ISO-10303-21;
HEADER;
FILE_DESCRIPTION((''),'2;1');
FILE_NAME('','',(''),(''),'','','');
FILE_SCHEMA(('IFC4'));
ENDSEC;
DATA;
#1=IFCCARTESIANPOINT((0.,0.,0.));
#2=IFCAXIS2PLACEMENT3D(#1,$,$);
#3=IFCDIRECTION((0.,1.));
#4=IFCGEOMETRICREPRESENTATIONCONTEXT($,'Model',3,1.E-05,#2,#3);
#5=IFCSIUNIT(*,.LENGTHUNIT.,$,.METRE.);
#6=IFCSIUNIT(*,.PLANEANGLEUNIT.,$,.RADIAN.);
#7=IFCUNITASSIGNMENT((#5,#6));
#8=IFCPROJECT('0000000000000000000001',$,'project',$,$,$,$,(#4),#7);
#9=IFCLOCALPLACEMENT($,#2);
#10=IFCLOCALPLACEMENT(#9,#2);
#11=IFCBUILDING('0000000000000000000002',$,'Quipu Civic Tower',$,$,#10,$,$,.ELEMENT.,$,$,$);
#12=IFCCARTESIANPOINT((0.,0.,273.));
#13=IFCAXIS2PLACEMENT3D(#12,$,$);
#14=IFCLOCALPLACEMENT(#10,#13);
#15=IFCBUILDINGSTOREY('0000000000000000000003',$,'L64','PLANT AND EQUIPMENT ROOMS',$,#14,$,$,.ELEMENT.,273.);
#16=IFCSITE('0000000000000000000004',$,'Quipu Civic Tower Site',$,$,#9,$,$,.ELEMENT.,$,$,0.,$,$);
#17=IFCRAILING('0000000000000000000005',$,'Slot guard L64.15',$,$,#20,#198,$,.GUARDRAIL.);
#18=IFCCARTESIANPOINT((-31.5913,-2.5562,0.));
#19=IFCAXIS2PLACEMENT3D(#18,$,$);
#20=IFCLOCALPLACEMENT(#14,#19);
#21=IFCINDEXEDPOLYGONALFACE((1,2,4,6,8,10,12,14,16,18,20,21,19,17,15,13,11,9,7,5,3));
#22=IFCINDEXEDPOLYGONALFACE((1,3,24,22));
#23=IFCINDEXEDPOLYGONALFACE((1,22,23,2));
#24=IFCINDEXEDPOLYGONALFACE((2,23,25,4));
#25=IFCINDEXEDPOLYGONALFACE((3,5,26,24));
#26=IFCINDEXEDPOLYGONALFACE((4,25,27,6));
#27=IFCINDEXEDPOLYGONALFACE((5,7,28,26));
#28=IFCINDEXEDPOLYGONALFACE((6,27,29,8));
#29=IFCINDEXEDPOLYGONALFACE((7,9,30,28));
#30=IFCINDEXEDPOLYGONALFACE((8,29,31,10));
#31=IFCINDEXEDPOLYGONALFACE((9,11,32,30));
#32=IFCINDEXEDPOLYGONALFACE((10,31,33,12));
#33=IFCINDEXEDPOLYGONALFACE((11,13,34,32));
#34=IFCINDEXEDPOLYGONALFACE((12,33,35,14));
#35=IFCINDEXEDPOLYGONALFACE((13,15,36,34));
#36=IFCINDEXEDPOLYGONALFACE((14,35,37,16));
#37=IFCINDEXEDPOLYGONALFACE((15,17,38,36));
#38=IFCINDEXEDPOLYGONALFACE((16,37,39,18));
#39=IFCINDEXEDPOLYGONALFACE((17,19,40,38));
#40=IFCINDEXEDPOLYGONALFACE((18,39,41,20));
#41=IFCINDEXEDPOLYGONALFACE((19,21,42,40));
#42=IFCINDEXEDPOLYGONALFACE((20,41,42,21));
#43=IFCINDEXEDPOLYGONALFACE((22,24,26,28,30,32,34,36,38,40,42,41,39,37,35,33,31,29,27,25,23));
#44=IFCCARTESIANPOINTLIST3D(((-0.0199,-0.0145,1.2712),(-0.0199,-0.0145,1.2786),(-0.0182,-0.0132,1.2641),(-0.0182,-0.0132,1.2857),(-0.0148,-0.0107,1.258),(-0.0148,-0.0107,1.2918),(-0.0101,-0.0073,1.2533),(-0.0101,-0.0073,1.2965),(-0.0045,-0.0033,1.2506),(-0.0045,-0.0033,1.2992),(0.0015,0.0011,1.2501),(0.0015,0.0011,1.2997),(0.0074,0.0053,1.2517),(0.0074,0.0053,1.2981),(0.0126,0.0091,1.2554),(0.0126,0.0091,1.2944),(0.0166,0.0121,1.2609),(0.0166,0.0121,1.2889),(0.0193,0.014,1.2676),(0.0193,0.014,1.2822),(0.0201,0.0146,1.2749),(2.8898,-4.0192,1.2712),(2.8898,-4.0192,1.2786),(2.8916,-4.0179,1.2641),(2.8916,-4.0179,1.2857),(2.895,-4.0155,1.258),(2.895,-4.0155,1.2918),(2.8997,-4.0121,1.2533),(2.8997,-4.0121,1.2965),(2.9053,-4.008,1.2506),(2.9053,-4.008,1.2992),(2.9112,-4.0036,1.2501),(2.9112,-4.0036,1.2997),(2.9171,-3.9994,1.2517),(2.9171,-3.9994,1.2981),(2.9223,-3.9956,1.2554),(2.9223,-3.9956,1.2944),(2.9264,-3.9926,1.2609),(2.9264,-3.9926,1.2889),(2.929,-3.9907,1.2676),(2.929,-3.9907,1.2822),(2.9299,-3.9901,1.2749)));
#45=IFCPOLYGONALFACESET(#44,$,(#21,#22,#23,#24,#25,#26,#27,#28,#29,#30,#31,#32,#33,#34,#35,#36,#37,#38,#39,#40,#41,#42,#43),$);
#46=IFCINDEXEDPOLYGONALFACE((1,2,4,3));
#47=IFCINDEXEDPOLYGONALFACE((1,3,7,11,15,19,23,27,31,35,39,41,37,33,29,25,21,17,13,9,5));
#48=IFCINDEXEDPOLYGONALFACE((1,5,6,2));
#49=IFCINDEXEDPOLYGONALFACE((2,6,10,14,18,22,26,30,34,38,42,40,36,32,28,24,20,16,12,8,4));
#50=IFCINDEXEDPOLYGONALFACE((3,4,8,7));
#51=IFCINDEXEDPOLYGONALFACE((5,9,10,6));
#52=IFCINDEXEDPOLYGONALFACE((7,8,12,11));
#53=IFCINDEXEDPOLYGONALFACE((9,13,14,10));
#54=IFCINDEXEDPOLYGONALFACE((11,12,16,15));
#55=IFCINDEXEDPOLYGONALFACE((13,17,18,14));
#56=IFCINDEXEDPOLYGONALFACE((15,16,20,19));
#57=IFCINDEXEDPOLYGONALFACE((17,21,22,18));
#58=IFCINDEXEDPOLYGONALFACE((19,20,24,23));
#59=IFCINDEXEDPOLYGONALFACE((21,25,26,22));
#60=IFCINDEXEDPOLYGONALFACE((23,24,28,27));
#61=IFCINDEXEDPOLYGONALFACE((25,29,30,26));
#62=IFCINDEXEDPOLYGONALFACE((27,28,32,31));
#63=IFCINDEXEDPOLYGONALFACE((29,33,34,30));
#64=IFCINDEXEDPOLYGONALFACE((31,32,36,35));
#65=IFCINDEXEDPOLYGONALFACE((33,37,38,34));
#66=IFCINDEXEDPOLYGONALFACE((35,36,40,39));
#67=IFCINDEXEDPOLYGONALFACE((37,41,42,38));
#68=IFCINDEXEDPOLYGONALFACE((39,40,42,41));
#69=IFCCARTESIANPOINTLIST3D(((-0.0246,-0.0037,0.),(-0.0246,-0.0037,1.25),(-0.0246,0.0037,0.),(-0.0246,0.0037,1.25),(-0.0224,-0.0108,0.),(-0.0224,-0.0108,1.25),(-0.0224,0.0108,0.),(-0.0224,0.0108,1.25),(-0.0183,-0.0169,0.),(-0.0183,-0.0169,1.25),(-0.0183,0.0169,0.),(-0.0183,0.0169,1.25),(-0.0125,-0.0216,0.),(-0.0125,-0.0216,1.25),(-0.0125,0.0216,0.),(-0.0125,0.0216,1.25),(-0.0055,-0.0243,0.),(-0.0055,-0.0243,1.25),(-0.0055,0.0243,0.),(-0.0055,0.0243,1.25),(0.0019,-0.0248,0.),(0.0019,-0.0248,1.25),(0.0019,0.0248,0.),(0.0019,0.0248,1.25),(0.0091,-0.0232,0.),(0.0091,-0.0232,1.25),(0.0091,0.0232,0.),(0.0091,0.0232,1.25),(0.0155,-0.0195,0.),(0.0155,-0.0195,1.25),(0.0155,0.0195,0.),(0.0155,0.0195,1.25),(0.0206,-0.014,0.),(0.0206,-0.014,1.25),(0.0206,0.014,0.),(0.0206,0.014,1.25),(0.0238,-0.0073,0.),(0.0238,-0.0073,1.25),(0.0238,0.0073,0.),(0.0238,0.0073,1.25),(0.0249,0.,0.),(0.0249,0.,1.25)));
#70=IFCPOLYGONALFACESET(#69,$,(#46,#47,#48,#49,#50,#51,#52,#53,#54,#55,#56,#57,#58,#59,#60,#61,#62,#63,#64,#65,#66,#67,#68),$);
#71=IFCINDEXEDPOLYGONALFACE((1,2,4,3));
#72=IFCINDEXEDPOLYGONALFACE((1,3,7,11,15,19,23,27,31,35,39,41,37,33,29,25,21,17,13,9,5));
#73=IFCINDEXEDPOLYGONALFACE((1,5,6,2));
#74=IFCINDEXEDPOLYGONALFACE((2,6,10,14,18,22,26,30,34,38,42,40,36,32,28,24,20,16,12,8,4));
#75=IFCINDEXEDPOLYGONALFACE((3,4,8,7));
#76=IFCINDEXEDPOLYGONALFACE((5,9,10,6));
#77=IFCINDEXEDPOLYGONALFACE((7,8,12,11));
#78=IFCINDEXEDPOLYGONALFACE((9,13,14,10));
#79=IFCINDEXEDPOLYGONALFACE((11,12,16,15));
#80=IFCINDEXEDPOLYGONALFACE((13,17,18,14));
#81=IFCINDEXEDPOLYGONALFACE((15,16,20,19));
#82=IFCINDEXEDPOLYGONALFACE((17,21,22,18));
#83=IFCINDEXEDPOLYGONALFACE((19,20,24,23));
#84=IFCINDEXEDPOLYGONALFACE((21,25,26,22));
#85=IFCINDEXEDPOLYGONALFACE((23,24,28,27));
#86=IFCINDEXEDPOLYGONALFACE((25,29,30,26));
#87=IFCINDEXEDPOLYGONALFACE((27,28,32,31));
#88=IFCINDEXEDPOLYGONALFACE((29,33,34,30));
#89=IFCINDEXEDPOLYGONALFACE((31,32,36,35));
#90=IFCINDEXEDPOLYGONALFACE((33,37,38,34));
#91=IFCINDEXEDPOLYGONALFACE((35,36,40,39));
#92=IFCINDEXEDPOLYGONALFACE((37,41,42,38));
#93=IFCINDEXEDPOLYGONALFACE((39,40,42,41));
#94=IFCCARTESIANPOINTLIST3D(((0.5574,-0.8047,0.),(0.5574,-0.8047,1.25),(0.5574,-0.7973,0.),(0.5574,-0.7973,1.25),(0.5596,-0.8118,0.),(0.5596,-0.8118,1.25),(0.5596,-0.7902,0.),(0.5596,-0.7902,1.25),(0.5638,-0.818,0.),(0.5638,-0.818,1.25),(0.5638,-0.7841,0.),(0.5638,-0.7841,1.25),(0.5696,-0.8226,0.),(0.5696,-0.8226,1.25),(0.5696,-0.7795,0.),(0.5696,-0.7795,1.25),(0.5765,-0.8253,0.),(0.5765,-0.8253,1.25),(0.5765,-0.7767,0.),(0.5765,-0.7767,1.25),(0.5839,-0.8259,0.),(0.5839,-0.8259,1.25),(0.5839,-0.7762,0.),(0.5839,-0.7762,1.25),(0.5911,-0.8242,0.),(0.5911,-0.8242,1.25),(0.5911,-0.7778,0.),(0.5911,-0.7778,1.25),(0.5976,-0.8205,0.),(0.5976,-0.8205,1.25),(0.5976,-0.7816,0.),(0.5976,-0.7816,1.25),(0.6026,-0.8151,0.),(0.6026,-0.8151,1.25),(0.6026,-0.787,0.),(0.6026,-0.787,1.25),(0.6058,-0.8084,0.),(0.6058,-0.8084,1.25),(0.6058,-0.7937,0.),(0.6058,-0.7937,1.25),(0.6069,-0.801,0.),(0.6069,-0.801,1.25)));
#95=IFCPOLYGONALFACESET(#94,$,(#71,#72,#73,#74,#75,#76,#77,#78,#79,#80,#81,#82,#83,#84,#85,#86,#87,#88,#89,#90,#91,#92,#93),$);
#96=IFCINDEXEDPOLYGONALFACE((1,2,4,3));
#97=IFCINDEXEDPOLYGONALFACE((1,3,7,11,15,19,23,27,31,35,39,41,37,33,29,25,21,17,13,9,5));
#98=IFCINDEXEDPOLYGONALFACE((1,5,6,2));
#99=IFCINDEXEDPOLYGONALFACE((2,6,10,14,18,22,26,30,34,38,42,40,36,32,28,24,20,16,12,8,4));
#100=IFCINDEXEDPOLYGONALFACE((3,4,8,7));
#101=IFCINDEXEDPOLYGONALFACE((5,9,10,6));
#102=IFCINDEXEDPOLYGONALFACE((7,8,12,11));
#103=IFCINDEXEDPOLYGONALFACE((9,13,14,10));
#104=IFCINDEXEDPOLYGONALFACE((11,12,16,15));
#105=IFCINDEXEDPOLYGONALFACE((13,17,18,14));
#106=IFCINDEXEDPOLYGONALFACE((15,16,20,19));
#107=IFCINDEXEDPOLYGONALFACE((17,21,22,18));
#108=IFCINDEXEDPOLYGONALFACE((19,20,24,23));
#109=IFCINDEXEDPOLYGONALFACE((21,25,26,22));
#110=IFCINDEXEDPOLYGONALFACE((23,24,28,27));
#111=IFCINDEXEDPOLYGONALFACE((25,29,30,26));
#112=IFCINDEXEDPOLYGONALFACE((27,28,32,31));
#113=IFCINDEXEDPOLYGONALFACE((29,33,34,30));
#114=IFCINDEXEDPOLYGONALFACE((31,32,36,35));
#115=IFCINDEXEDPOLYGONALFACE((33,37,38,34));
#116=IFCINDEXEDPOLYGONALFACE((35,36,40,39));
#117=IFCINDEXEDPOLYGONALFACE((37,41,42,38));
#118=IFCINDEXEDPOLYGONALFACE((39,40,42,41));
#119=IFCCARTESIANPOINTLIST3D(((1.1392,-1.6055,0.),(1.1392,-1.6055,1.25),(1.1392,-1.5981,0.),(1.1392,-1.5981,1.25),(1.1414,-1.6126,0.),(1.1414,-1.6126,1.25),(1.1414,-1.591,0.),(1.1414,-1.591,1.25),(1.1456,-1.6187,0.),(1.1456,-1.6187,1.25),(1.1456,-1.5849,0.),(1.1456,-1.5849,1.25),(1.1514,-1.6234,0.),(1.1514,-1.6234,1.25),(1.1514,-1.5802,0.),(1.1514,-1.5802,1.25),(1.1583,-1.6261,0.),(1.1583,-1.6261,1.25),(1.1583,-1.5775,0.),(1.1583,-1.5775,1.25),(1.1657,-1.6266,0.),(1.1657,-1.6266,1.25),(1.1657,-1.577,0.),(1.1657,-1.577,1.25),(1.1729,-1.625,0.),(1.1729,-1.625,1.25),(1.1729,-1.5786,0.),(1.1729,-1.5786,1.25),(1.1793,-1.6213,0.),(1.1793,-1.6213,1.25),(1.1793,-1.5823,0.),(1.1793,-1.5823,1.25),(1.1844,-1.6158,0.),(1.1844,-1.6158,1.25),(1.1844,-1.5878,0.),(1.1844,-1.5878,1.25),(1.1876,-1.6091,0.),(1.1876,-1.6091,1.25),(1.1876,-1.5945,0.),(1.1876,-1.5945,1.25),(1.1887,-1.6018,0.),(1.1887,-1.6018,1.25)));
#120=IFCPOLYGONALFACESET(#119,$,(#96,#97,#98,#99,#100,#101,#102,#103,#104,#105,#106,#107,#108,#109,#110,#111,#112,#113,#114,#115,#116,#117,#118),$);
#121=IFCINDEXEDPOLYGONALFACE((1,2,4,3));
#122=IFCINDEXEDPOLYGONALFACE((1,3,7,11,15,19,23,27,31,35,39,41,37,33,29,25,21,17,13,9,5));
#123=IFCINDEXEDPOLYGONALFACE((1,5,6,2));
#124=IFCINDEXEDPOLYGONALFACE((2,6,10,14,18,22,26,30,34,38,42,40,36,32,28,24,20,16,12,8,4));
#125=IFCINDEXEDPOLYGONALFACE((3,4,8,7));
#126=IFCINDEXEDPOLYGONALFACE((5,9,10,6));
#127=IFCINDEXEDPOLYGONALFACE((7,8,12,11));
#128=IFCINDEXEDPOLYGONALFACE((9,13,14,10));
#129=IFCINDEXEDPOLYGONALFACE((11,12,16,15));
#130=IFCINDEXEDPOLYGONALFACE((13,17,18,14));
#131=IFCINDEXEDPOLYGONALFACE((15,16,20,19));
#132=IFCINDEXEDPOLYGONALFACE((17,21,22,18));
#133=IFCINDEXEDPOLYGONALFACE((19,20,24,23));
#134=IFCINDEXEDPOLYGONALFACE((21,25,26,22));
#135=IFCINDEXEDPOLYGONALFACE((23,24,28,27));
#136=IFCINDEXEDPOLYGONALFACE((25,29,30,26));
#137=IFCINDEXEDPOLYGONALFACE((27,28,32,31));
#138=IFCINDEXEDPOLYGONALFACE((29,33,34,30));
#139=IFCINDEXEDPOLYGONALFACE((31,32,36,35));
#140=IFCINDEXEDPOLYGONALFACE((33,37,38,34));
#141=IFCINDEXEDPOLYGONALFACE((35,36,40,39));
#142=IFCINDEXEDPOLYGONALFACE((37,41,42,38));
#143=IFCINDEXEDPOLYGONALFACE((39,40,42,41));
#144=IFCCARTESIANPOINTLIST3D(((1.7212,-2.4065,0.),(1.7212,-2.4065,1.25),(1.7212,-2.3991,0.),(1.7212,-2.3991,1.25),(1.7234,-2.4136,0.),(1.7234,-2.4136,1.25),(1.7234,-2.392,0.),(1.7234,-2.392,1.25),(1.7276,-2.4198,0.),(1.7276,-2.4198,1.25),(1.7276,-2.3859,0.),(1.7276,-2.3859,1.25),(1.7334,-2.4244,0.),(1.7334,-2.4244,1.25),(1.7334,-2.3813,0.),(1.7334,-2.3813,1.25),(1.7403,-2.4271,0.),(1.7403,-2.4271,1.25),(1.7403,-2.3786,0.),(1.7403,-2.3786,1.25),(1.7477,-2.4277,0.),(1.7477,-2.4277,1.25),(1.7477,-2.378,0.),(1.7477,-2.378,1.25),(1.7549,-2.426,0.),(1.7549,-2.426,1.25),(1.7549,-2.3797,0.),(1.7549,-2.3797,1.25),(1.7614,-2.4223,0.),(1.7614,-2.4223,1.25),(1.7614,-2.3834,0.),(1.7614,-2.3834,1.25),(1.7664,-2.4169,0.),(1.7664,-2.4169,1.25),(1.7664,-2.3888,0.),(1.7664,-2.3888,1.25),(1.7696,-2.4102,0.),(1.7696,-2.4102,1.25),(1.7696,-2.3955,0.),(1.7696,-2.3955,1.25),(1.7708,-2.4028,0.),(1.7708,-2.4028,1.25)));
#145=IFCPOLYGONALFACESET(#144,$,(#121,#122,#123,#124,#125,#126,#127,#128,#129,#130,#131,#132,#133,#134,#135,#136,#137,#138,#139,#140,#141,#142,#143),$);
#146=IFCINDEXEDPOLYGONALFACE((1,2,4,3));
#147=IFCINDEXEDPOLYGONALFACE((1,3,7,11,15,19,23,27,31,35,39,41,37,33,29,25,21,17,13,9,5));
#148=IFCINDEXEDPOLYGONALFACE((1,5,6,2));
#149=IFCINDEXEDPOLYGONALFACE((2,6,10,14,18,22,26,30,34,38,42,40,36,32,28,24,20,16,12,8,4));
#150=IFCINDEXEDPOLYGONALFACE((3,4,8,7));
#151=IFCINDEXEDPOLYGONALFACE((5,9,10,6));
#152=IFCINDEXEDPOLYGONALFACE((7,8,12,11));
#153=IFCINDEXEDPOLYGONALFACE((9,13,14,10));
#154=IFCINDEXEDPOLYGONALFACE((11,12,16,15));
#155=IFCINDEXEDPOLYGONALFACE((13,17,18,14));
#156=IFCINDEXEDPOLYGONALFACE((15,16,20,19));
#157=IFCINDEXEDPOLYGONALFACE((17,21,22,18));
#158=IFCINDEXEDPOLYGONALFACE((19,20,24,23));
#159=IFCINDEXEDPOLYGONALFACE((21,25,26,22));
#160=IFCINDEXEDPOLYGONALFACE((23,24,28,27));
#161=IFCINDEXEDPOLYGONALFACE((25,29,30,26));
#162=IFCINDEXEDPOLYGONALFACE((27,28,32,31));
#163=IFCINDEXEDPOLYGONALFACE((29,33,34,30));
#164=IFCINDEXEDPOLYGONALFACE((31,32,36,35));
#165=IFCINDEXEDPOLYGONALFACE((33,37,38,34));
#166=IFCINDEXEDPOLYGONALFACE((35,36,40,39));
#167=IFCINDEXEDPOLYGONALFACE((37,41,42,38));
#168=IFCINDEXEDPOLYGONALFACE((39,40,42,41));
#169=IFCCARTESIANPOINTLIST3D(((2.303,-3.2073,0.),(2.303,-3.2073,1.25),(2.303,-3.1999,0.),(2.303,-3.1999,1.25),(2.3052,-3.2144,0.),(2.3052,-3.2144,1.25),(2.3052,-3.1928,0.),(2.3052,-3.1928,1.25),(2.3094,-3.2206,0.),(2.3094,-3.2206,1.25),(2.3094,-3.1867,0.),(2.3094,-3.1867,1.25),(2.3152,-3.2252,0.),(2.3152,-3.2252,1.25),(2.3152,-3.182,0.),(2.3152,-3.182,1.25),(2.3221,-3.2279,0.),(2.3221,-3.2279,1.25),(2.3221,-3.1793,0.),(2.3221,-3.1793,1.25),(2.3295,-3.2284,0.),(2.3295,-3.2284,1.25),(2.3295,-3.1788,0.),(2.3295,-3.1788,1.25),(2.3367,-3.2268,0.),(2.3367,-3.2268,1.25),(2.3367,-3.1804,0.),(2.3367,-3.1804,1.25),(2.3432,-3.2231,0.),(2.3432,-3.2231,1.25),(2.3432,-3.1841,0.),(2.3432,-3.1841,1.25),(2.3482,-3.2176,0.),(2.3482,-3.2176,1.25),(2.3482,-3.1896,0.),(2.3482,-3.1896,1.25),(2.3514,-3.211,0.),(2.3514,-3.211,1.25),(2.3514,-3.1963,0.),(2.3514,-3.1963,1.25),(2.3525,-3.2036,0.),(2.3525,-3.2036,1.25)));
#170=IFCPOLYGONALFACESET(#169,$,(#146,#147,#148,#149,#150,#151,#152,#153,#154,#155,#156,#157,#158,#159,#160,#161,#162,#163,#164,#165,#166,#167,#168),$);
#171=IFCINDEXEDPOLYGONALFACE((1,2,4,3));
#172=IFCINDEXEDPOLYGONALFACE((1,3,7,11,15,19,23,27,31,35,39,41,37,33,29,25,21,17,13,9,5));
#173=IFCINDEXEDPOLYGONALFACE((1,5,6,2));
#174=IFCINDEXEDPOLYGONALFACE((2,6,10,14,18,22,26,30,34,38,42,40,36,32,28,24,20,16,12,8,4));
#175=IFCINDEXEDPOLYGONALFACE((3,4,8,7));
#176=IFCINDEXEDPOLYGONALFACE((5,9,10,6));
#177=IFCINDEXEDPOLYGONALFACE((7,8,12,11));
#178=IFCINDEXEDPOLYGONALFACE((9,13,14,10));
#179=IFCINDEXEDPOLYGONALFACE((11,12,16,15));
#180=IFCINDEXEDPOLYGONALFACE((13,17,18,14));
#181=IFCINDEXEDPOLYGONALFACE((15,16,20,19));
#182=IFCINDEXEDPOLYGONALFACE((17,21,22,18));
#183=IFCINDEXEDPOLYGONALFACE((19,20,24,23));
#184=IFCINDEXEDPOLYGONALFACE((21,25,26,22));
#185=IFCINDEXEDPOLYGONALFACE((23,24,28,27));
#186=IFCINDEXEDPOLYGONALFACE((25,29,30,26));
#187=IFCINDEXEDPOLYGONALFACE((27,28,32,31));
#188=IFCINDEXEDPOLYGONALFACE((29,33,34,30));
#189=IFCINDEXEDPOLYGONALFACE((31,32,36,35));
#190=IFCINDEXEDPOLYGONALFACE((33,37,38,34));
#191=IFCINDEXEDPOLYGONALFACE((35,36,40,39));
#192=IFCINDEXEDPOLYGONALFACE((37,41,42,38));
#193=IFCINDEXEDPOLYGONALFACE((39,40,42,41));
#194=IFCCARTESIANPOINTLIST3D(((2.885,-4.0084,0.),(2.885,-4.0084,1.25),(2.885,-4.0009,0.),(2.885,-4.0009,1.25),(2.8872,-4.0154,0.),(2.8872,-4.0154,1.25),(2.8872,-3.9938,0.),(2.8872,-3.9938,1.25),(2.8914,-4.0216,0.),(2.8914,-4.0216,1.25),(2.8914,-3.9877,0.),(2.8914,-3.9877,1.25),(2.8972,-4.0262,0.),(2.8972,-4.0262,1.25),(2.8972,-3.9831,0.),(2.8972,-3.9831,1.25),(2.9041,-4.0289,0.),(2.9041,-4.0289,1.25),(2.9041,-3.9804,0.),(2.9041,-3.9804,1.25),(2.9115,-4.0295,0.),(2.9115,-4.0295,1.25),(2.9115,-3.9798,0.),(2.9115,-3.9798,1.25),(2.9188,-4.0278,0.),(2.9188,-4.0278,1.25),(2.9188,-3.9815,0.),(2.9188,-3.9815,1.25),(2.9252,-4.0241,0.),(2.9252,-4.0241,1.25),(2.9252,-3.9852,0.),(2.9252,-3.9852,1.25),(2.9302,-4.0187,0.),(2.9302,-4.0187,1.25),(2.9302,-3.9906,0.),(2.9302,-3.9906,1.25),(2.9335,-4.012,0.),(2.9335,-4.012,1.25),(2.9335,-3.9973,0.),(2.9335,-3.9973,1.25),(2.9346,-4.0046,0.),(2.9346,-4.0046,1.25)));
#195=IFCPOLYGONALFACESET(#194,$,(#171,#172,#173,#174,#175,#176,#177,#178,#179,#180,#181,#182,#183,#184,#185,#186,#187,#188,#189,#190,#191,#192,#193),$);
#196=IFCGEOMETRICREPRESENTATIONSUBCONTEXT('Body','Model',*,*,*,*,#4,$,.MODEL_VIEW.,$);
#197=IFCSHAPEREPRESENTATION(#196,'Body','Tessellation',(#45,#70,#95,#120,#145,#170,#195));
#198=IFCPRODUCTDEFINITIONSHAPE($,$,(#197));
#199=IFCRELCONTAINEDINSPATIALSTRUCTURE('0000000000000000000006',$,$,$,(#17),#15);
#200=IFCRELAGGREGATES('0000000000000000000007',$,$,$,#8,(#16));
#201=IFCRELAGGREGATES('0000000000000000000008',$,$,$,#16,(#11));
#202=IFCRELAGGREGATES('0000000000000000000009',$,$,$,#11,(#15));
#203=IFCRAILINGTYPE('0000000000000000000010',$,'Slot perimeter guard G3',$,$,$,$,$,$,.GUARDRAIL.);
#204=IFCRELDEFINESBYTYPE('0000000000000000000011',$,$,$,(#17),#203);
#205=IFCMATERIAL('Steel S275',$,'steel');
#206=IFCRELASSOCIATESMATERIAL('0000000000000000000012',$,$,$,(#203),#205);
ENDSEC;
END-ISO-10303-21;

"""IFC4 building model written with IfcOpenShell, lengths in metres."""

from ifc_helpers import new_model, si_unit, direction, frame, origin, origin_2d, place, context, subcontext, project, spatial, circle, extrude, material, type_object, element, save


model = new_model("IFC4")

# Units and contexts
model_context = context("Model", 3, precision=1e-05, world=origin(), true_north=direction((0.0, 1.0)))
body_context = subcontext(model_context, "Body", "Model", "MODEL_VIEW")
ifc_project = project(units=[si_unit("LENGTHUNIT", "METRE"), si_unit("PLANEANGLEUNIT", "RADIAN")], contexts=[model_context])

# Site, building, storey
site_placement = place(None, origin())
site = spatial("IfcSite", under=ifc_project, at=site_placement, Name="Quipu Civic Tower Site", CompositionType="ELEMENT", RefElevation=0.0)
building_placement = place(site_placement, origin())
building = spatial("IfcBuilding", under=site, at=building_placement, Name="Quipu Civic Tower", CompositionType="ELEMENT")
storey_placement = place(building_placement, frame((0.0, 0.0, 273.0)))
storey = spatial("IfcBuildingStorey", under=building, at=storey_placement, Name="L64", Description="PLANT AND EQUIPMENT ROOMS", CompositionType="ELEMENT", Elevation=273.0)

# Railing
ifc_material_1 = material(Name="Steel S275", Category="steel")
railing_type = type_object("IfcRailingType", Name="Slot perimeter guard G3", PredefinedType="GUARDRAIL", material=ifc_material_1)
railing_1_placement = place(storey_placement, frame((-31.5913, -2.5562, 0.0)))
element("IfcRailing", 1, at=railing_1_placement, inside=storey, type_object=railing_type, Name="Slot guard L64.15", PredefinedType="GUARDRAIL", context=body_context, shape_type="SweptSolid", body=[
    extrude(circle(Radius=0.0249, at=origin_2d()), frame((0.0, 0.0, 1.2749), z_axis=(0.587802, -0.809005, 0.0), x_axis=(0.809005, 0.587802, 0.0)), (0.0, 0.0, 1.0), 4.9502),
    extrude(circle(Radius=0.0249, at=origin_2d()), origin(), (0.0, 0.0, 1.0), 1.25),
    extrude(circle(Radius=0.0249, at=origin_2d()), frame((0.582, -0.801, 0.0)), (0.0, 0.0, 1.0), 1.25),
    extrude(circle(Radius=0.0249, at=origin_2d()), frame((1.1638, -1.6018, 0.0)), (0.0, 0.0, 1.0), 1.25),
    extrude(circle(Radius=0.0249, at=origin_2d()), frame((1.7458, -2.4028, 0.0)), (0.0, 0.0, 1.0), 1.25),
    extrude(circle(Radius=0.0249, at=origin_2d()), frame((2.3276, -3.2036, 0.0)), (0.0, 0.0, 1.0), 1.25),
    extrude(circle(Radius=0.0249, at=origin_2d()), frame((2.9097, -4.0046, 0.0)), (0.0, 0.0, 1.0), 1.25),
])

save(model, "model.ifc")
